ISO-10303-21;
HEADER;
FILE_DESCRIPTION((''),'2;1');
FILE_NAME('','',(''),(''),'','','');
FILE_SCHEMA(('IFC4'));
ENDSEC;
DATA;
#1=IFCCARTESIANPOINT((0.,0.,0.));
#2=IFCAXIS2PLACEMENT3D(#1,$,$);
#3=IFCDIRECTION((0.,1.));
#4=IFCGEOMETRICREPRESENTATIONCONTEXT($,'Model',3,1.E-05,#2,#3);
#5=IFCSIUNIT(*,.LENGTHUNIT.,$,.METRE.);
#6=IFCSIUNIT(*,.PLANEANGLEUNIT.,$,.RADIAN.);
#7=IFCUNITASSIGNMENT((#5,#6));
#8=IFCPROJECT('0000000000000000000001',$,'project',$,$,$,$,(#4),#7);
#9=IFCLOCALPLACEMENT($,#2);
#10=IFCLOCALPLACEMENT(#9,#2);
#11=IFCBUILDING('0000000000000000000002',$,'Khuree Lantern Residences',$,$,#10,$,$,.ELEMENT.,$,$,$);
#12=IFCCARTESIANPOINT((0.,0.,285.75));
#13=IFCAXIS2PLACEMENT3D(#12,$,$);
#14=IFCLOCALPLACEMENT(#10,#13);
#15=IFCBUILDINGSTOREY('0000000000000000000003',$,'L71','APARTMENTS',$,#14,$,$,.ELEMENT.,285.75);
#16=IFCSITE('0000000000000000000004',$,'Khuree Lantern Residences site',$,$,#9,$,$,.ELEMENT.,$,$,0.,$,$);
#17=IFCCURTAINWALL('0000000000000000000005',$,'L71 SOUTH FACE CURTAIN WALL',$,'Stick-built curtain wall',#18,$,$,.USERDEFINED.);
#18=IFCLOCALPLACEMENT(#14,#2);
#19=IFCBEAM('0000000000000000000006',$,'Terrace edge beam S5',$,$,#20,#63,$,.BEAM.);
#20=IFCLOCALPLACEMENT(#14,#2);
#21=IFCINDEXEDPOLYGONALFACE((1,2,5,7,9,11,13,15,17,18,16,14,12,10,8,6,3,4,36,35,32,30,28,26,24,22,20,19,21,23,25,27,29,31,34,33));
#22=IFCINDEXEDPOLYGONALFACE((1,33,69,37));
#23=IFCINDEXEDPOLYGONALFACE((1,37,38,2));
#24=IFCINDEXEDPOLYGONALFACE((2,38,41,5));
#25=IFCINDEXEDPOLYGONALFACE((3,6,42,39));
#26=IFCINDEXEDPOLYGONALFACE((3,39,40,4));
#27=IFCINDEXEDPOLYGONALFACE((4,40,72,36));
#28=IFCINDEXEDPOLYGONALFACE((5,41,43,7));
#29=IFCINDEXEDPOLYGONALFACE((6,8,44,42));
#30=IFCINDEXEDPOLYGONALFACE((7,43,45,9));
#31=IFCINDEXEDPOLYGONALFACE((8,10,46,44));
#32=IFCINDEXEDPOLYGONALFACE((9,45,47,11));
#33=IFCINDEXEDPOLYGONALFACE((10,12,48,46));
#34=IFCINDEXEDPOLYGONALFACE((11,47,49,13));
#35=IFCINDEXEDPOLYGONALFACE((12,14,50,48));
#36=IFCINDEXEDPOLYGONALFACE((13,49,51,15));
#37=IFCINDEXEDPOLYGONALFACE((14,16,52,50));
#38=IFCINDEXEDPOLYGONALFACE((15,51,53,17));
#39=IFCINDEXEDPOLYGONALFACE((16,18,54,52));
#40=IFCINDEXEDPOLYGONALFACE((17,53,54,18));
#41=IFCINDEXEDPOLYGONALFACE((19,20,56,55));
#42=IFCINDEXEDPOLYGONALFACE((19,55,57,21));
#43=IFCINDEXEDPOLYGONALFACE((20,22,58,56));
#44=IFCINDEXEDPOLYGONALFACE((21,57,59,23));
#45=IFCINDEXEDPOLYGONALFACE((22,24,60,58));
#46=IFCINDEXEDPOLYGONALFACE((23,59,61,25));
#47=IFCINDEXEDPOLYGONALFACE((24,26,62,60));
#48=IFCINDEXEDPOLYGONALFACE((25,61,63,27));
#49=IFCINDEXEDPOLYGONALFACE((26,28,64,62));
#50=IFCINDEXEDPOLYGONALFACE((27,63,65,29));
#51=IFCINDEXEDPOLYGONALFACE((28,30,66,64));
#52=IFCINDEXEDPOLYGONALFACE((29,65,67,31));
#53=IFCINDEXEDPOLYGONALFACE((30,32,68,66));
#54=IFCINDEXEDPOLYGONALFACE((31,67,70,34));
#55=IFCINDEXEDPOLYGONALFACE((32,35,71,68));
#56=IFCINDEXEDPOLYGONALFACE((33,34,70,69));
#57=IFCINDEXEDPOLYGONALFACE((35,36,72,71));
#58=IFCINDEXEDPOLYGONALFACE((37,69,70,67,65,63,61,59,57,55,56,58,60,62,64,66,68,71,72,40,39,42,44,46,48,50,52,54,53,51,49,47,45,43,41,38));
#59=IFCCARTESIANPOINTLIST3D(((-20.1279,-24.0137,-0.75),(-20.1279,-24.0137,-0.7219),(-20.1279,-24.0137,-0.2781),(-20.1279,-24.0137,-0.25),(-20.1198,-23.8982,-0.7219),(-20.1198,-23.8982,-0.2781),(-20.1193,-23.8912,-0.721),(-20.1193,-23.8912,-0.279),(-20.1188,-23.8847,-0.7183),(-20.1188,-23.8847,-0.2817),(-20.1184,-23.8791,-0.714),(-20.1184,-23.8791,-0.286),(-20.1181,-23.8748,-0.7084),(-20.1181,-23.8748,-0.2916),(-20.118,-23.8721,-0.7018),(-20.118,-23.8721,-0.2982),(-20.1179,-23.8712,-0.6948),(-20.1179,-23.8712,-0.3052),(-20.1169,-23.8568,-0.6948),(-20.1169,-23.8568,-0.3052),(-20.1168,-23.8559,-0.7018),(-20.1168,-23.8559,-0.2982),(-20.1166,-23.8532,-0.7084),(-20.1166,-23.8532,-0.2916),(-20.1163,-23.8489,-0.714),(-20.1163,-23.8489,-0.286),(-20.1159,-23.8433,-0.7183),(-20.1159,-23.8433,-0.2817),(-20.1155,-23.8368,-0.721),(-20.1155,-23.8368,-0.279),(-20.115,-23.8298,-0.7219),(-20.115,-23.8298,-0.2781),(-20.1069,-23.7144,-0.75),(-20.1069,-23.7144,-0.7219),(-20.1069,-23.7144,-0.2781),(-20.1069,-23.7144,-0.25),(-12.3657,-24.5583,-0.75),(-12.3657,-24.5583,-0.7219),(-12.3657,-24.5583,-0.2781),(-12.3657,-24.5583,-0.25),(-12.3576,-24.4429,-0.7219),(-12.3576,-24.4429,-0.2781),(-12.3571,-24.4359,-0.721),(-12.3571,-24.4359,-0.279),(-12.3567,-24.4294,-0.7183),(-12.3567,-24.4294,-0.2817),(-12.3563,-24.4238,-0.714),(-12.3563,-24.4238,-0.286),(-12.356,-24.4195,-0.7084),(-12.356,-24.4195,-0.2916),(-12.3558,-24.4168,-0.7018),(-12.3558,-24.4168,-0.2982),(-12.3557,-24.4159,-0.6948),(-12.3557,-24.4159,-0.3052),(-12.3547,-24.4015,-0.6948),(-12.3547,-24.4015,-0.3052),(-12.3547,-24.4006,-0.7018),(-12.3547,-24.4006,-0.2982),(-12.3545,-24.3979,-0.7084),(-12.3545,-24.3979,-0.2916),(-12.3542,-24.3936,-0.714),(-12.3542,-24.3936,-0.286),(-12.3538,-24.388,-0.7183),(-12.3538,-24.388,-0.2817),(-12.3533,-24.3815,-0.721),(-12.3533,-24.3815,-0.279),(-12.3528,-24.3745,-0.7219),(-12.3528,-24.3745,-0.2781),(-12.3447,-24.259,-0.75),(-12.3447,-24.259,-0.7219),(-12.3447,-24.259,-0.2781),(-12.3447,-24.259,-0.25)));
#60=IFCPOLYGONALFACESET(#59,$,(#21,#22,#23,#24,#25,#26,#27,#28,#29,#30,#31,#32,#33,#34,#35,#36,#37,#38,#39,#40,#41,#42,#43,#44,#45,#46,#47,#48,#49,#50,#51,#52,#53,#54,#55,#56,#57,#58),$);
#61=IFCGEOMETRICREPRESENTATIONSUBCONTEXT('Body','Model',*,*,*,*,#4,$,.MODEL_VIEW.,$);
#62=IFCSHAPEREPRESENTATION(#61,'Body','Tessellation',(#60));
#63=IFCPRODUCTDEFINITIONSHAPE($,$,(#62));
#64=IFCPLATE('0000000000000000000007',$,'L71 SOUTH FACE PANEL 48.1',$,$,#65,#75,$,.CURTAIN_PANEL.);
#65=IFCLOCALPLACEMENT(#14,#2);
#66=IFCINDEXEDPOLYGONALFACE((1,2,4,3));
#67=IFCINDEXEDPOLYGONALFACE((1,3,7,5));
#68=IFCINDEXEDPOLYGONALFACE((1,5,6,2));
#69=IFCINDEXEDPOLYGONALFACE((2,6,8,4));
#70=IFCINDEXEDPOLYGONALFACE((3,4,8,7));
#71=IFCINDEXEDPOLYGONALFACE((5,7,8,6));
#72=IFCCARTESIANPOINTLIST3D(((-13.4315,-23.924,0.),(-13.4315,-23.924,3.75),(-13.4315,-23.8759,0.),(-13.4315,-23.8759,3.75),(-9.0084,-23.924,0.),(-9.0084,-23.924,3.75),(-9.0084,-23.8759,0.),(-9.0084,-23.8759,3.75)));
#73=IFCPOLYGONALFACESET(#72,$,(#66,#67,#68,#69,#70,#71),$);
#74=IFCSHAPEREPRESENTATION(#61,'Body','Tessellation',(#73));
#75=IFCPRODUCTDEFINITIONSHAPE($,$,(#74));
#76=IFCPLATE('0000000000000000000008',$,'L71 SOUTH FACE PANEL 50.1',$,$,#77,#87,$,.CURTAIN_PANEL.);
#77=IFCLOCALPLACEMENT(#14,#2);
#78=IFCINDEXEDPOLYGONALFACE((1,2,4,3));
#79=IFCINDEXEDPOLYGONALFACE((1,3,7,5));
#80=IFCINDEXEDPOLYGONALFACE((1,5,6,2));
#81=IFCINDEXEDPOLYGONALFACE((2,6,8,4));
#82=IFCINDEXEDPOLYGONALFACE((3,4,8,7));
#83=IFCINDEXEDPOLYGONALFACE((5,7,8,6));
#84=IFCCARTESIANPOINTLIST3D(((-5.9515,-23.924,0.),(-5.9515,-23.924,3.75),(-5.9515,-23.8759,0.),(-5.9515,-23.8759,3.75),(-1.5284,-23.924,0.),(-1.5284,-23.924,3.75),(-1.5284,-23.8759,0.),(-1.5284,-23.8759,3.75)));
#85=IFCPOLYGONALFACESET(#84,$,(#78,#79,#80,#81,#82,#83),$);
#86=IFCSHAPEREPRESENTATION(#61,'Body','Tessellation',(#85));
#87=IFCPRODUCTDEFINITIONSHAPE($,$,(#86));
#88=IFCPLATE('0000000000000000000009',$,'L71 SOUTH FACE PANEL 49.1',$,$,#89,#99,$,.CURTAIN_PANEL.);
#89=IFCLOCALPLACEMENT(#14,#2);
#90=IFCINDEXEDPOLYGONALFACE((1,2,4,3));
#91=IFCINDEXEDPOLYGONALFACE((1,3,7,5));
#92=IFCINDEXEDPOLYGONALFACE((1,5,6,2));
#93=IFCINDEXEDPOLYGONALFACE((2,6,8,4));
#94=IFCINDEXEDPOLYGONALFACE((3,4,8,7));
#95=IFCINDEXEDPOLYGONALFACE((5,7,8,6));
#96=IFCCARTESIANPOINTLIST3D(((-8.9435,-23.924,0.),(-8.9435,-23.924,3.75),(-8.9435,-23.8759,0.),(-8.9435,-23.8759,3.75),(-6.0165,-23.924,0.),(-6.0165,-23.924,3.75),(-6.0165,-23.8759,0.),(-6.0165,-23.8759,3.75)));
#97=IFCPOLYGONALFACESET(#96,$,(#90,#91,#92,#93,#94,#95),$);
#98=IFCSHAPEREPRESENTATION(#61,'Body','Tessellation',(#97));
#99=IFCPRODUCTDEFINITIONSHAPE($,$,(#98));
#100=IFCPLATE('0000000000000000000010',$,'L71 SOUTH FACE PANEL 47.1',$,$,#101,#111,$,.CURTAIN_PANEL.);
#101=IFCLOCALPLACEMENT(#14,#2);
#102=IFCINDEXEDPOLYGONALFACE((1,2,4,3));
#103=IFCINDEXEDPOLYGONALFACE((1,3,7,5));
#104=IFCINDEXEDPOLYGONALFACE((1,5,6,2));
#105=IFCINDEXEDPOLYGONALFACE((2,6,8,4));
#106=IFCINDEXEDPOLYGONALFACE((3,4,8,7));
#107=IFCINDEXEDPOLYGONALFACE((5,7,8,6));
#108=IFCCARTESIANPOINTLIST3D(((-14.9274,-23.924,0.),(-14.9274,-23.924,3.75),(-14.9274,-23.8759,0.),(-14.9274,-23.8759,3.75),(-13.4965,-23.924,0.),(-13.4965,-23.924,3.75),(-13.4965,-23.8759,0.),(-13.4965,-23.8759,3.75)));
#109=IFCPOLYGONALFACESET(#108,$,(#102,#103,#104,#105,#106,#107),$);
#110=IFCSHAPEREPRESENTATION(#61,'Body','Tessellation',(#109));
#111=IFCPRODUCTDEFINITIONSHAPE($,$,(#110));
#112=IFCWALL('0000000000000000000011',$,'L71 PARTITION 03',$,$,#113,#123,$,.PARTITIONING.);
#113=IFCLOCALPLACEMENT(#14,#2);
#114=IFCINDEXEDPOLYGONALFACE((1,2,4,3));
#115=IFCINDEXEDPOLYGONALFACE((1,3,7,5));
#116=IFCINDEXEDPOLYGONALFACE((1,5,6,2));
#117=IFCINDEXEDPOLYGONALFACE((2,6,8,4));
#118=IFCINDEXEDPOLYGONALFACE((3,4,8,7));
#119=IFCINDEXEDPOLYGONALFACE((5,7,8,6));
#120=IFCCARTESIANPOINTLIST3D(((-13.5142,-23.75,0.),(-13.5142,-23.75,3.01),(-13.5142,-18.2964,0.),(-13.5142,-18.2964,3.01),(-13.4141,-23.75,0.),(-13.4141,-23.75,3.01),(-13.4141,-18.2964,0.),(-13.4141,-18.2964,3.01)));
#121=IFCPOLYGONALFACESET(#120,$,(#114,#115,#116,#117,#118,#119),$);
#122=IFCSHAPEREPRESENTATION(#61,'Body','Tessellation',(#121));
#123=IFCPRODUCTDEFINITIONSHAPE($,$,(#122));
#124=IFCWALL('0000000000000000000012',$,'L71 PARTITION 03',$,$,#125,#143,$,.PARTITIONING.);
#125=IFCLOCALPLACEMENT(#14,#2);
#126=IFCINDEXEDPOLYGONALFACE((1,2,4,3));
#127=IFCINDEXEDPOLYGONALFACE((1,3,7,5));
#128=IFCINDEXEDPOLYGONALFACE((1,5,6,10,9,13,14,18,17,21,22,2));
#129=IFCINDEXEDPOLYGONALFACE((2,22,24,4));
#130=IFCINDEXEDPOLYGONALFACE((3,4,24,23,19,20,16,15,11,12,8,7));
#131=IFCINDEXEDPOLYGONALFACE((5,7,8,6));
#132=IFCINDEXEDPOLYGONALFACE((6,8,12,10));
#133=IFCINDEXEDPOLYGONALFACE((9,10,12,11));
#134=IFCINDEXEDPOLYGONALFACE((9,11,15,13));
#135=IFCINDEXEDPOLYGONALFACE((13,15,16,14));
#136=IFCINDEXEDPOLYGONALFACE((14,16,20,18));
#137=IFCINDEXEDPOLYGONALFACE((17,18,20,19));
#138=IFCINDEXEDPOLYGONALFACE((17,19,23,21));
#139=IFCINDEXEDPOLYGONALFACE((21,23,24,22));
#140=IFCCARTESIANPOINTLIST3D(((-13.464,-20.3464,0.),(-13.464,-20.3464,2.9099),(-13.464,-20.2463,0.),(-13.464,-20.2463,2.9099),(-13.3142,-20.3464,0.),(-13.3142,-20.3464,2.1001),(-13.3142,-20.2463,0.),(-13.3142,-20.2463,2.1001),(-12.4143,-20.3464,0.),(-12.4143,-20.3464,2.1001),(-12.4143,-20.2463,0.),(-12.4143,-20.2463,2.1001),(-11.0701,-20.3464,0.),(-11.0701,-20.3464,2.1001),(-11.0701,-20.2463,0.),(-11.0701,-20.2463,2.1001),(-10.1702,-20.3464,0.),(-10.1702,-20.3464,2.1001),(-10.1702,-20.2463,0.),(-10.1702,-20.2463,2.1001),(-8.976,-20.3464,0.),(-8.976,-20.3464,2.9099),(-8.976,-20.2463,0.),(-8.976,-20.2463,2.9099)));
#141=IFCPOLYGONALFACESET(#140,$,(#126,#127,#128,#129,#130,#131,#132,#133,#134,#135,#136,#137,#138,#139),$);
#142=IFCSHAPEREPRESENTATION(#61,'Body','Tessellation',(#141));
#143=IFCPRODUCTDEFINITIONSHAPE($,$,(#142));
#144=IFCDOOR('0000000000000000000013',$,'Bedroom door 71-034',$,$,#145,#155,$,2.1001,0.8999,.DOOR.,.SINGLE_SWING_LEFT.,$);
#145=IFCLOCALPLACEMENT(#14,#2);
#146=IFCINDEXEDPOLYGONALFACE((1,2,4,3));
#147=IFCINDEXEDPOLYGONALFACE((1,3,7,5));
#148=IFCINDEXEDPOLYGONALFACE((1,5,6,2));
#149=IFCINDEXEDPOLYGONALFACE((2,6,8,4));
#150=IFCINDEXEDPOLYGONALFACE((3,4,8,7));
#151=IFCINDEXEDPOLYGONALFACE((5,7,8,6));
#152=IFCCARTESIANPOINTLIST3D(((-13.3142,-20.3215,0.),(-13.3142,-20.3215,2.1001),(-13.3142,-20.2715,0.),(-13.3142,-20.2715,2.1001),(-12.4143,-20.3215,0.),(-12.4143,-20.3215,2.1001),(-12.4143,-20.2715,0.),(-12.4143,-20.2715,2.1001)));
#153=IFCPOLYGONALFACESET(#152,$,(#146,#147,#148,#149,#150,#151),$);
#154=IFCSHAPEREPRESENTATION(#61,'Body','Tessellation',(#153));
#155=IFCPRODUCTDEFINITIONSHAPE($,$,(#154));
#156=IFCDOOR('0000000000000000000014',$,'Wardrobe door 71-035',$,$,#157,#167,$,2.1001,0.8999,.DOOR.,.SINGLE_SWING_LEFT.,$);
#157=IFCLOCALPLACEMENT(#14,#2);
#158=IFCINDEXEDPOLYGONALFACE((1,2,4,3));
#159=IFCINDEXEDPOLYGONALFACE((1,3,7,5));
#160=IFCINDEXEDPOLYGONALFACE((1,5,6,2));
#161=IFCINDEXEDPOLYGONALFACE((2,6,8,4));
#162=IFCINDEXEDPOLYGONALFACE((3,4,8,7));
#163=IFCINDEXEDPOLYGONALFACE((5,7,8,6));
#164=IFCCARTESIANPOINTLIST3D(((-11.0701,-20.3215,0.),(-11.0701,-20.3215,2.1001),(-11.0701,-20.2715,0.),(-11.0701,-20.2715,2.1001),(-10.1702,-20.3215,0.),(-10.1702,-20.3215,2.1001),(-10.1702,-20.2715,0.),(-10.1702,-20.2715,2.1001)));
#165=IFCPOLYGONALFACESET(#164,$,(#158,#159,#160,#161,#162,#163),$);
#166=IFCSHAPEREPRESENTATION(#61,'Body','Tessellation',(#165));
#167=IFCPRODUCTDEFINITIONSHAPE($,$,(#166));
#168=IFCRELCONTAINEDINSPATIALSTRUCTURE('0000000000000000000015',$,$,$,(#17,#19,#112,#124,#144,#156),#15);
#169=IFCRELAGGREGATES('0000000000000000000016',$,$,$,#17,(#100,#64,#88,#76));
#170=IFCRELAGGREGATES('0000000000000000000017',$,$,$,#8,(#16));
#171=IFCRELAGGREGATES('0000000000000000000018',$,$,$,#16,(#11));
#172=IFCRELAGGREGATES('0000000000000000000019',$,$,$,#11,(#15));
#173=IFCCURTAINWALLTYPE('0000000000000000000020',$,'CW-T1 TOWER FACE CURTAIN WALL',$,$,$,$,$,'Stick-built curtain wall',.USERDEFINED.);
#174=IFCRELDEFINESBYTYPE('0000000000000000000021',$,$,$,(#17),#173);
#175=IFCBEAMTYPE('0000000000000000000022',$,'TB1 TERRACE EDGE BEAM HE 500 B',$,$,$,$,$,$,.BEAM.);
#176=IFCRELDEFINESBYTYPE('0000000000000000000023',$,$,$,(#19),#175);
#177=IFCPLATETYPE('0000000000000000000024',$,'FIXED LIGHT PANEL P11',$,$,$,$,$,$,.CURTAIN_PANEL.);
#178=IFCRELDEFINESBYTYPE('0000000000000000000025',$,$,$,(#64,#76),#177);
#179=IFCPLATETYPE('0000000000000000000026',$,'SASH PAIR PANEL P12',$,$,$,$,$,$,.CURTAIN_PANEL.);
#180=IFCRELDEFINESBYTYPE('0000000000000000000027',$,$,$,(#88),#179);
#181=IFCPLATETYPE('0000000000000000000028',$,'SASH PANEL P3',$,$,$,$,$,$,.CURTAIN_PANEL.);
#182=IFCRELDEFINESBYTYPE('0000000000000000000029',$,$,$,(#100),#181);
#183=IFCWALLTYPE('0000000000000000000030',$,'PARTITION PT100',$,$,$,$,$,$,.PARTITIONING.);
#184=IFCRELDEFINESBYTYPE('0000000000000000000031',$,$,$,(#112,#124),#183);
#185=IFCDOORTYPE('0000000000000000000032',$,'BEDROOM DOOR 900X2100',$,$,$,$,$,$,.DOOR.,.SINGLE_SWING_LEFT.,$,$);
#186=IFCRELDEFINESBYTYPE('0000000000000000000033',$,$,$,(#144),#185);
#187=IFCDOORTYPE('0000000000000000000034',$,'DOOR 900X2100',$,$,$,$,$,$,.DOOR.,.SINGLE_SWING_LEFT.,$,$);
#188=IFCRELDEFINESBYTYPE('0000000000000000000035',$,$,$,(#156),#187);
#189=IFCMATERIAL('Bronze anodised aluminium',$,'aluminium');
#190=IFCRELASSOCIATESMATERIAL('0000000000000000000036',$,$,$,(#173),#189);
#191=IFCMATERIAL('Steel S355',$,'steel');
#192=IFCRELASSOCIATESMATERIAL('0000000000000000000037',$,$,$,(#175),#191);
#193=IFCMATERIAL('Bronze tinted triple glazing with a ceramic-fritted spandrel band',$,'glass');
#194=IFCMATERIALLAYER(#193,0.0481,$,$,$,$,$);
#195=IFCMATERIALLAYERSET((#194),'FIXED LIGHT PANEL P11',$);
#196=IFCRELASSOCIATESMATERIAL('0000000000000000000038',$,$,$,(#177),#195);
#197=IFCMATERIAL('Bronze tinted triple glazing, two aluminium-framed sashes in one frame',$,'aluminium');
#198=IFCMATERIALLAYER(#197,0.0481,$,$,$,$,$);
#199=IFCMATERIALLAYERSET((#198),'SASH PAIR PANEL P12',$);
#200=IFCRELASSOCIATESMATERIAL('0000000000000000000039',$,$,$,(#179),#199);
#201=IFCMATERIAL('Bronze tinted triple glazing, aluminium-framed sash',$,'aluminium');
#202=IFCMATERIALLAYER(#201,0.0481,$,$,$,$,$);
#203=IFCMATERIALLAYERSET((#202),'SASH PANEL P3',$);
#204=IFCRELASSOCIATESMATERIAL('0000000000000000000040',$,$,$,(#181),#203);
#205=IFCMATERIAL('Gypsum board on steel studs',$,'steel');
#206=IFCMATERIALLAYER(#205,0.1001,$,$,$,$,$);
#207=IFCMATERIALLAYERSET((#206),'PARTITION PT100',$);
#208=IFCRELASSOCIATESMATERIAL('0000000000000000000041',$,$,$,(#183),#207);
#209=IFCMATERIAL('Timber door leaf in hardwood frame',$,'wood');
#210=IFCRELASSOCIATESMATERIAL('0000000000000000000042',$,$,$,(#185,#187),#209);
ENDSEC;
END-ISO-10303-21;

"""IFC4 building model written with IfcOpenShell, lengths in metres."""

from ifc_helpers import new_model, si_unit, direction, frame, frame_2d, origin, origin_2d, place, context, subcontext, project, spatial, rectangle, i_section, extrude, material, layer, layer_set, material_profile, profile_set, type_object, element, fill, aggregate, save


model = new_model("IFC4")

# Units and contexts
model_context = context("Model", 3, precision=1e-05, world=origin(), true_north=direction((0.0, 1.0)))
body_context = subcontext(model_context, "Body", "Model", "MODEL_VIEW")
ifc_project = project(units=[si_unit("LENGTHUNIT", "METRE"), si_unit("PLANEANGLEUNIT", "RADIAN")], contexts=[model_context])

# Site, building, storey
site_placement = place(None, origin())
site = spatial("IfcSite", under=ifc_project, at=site_placement, Name="Khuree Lantern Residences site", CompositionType="ELEMENT", RefElevation=0.0)
building_placement = place(site_placement, origin())
building = spatial("IfcBuilding", under=site, at=building_placement, Name="Khuree Lantern Residences", CompositionType="ELEMENT")
storey_placement = place(building_placement, frame((0.0, 0.0, 285.75)))
storey = spatial("IfcBuildingStorey", under=building, at=storey_placement, Name="L71", Description="APARTMENTS", CompositionType="ELEMENT", Elevation=285.75)

# Shared definitions
ifc_material_1 = material(Name="Steel S355", Category="steel")

# Curtain wall
ifc_material_2 = material(Name="Bronze anodised aluminium", Category="aluminium")
curtain_wall_type = type_object("IfcCurtainWallType", Name="CW-T1 TOWER FACE CURTAIN WALL", ElementType="Stick-built curtain wall", PredefinedType="USERDEFINED", material=ifc_material_2)
curtain_wall_placement = place(storey_placement, origin())
curtain_wall = element("IfcCurtainWall", 1, at=curtain_wall_placement, inside=storey, type_object=curtain_wall_type, Name="L71 SOUTH FACE CURTAIN WALL", ObjectType="Stick-built curtain wall", PredefinedType="USERDEFINED")

# Beam
ifc_material_profile_1 = material_profile(ifc_material_1, i_section(OverallWidth=0.3, OverallDepth=0.5, WebThickness=0.0144, FlangeThickness=0.0281, FilletRadius=0.0271, at=origin_2d()), Name="HE 500 B")
ifc_profile_set_1 = profile_set([ifc_material_profile_1], Name="Steel S355")
beam_type_1 = type_object("IfcBeamType", Name="TB1 TERRACE EDGE BEAM HE 500 B", PredefinedType="BEAM", material=ifc_profile_set_1)
beam_1_placement = place(storey_placement, frame((-12.3552, -24.4087, -0.5), z_axis=(-0.997547, 0.069998, 0.0), x_axis=(-0.069998, -0.997547, 0.0)))
element("IfcBeam", 2, at=beam_1_placement, inside=storey, type_object=beam_type_1, Name="Terrace edge beam S5", PredefinedType="BEAM", context=body_context, shape_type="SweptSolid", body=[
    extrude(i_section(OverallWidth=0.3, OverallDepth=0.5, WebThickness=0.0144, FlangeThickness=0.0281, FilletRadius=0.0271, at=origin_2d()), origin(), (0.0, 0.0, 1.0), 7.7812),
])

# Plates
ifc_material_3 = material(Name="Bronze tinted triple glazing with a ceramic-fritted spandrel band", Category="glass")
ifc_layer_1 = layer(ifc_material_3, 0.0481)
ifc_layer_set_1 = layer_set([ifc_layer_1], Name="FIXED LIGHT PANEL P11")
plate_type_1 = type_object("IfcPlateType", Name="FIXED LIGHT PANEL P11", PredefinedType="CURTAIN_PANEL", material=ifc_layer_set_1)
plate_1_placement = place(storey_placement, frame((-11.22, -23.8999, 0.0), z_axis=(0.0, 0.0, 1.0), x_axis=(1.0, 0.0, 0.0)))
plate_1 = element("IfcPlate", 3, at=plate_1_placement, type_object=plate_type_1, Name="L71 SOUTH FACE PANEL 48.1", PredefinedType="CURTAIN_PANEL", context=body_context, shape_type="SweptSolid", body=[
    extrude(rectangle(XDim=4.4231, YDim=0.0481, at=origin_2d()), origin(), (0.0, 0.0, 1.0), 3.75),
])
plate_2_placement = place(storey_placement, frame((-3.74, -23.8999, 0.0), z_axis=(0.0, 0.0, 1.0), x_axis=(1.0, 0.0, 0.0)))
plate_2 = element("IfcPlate", 4, at=plate_2_placement, type_object=plate_type_1, Name="L71 SOUTH FACE PANEL 50.1", PredefinedType="CURTAIN_PANEL", context=body_context, shape_type="SweptSolid", body=[
    extrude(rectangle(XDim=4.4231, YDim=0.0481, at=origin_2d()), origin(), (0.0, 0.0, 1.0), 3.75),
])
ifc_material_4 = material(Name="Bronze tinted triple glazing, two aluminium-framed sashes in one frame", Category="aluminium")
ifc_layer_2 = layer(ifc_material_4, 0.0481)
ifc_layer_set_2 = layer_set([ifc_layer_2], Name="SASH PAIR PANEL P12")
plate_type_2 = type_object("IfcPlateType", Name="SASH PAIR PANEL P12", PredefinedType="CURTAIN_PANEL", material=ifc_layer_set_2)
plate_3_placement = place(storey_placement, frame((-7.48, -23.8999, 0.0), z_axis=(0.0, 0.0, 1.0), x_axis=(1.0, 0.0, 0.0)))
plate_3 = element("IfcPlate", 5, at=plate_3_placement, type_object=plate_type_2, Name="L71 SOUTH FACE PANEL 49.1", PredefinedType="CURTAIN_PANEL", context=body_context, shape_type="SweptSolid", body=[
    extrude(rectangle(XDim=2.927, YDim=0.0481, at=origin_2d()), origin(), (0.0, 0.0, 1.0), 3.75),
])
ifc_material_5 = material(Name="Bronze tinted triple glazing, aluminium-framed sash", Category="aluminium")
ifc_layer_3 = layer(ifc_material_5, 0.0481)
ifc_layer_set_3 = layer_set([ifc_layer_3], Name="SASH PANEL P3")
plate_type_3 = type_object("IfcPlateType", Name="SASH PANEL P3", PredefinedType="CURTAIN_PANEL", material=ifc_layer_set_3)
plate_4_placement = place(storey_placement, frame((-14.2119, -23.8999, 0.0), z_axis=(0.0, 0.0, 1.0), x_axis=(1.0, 0.0, 0.0)))
plate_4 = element("IfcPlate", 6, at=plate_4_placement, type_object=plate_type_3, Name="L71 SOUTH FACE PANEL 47.1", PredefinedType="CURTAIN_PANEL", context=body_context, shape_type="SweptSolid", body=[
    extrude(rectangle(XDim=1.4309, YDim=0.0481, at=origin_2d()), origin(), (0.0, 0.0, 1.0), 3.75),
])
aggregate(curtain_wall, [plate_4, plate_1, plate_3, plate_2])

# Wall
ifc_material_6 = material(Name="Gypsum board on steel studs", Category="steel")
ifc_layer_4 = layer(ifc_material_6, 0.1001)
ifc_layer_set_4 = layer_set([ifc_layer_4], Name="PARTITION PT100")
wall_type_1 = type_object("IfcWallType", Name="PARTITION PT100", PredefinedType="PARTITIONING", material=ifc_layer_set_4)
wall_1_placement = place(storey_placement, frame((-13.4641, -18.2964, 0.0), z_axis=(0.0, 0.0, 1.0), x_axis=(0.0, -1.0, 0.0)))
element("IfcWall", 7, at=wall_1_placement, inside=storey, type_object=wall_type_1, Name="L71 PARTITION 03", PredefinedType="PARTITIONING", context=body_context, shape_type="SweptSolid", body=[
    extrude(rectangle(XDim=5.4536, YDim=0.1001, at=frame_2d((2.7268, 0.0))), origin(), (0.0, 0.0, 1.0), 3.01),
])

# Wall, openings, doors
wall_2_placement = place(storey_placement, frame((-13.4641, -20.2964, 0.0), z_axis=(0.0, 0.0, 1.0), x_axis=(1.0, 0.0, 0.0)))
wall_2 = element("IfcWall", 8, at=wall_2_placement, inside=storey, type_object=wall_type_1, Name="L71 PARTITION 03", PredefinedType="PARTITIONING", context=body_context, shape_type="SweptSolid", body=[
    extrude(rectangle(XDim=4.488, YDim=0.1001, at=frame_2d((2.2441, 0.0))), origin(), (0.0, 0.0, 1.0), 2.9099),
])
opening_1_placement = place(wall_2_placement, frame((0.1499, 0.0, 0.0)))
opening_1 = element("IfcOpeningElement", 9, at=opening_1_placement, cuts=wall_2, PredefinedType="OPENING", context=body_context, shape_type="SweptSolid", body=[
    extrude(rectangle(XDim=0.8999, YDim=2.1001, at=frame_2d((0.45, 1.05))), frame((0.0, 0.0601, 0.0), z_axis=(0.0, -1.0, 0.0), x_axis=(1.0, 0.0, 0.0)), (0.0, 0.0, 1.0), 0.1201),
])
opening_2_placement = place(wall_2_placement, frame((2.394, 0.0, 0.0)))
opening_2 = element("IfcOpeningElement", 10, at=opening_2_placement, cuts=wall_2, PredefinedType="OPENING", context=body_context, shape_type="SweptSolid", body=[
    extrude(rectangle(XDim=0.8999, YDim=2.1001, at=frame_2d((0.45, 1.05))), frame((0.0, 0.0601, 0.0), z_axis=(0.0, -1.0, 0.0), x_axis=(1.0, 0.0, 0.0)), (0.0, 0.0, 1.0), 0.1201),
])
ifc_material_7 = material(Name="Timber door leaf in hardwood frame", Category="wood")
door_type_1 = type_object("IfcDoorType", Name="BEDROOM DOOR 900X2100", OperationType="SINGLE_SWING_LEFT", PredefinedType="DOOR", material=ifc_material_7)
door_1_placement = place(opening_1_placement, origin())
door_1 = element("IfcDoor", 11, at=door_1_placement, inside=storey, type_object=door_type_1, Name="Bedroom door 71-034", OperationType="SINGLE_SWING_LEFT", OverallHeight=2.1001, OverallWidth=0.8999, PredefinedType="DOOR", context=body_context, shape_type="SweptSolid", body=[
    extrude(rectangle(XDim=0.8999, YDim=2.1001, at=frame_2d((0.45, 1.05))), frame((0.0, 0.0249, 0.0), z_axis=(0.0, -1.0, 0.0), x_axis=(1.0, 0.0, 0.0)), (0.0, 0.0, 1.0), 0.05),
])
fill(opening_1, door_1)
door_type_2 = type_object("IfcDoorType", Name="DOOR 900X2100", OperationType="SINGLE_SWING_LEFT", PredefinedType="DOOR", material=ifc_material_7)
door_2_placement = place(opening_2_placement, origin())
door_2 = element("IfcDoor", 12, at=door_2_placement, inside=storey, type_object=door_type_2, Name="Wardrobe door 71-035", OperationType="SINGLE_SWING_LEFT", OverallHeight=2.1001, OverallWidth=0.8999, PredefinedType="DOOR", context=body_context, shape_type="SweptSolid", body=[
    extrude(rectangle(XDim=0.8999, YDim=2.1001, at=frame_2d((0.45, 1.05))), frame((0.0, 0.0249, 0.0), z_axis=(0.0, -1.0, 0.0), x_axis=(1.0, 0.0, 0.0)), (0.0, 0.0, 1.0), 0.05),
])
fill(opening_2, door_2)

save(model, "model.ifc")
